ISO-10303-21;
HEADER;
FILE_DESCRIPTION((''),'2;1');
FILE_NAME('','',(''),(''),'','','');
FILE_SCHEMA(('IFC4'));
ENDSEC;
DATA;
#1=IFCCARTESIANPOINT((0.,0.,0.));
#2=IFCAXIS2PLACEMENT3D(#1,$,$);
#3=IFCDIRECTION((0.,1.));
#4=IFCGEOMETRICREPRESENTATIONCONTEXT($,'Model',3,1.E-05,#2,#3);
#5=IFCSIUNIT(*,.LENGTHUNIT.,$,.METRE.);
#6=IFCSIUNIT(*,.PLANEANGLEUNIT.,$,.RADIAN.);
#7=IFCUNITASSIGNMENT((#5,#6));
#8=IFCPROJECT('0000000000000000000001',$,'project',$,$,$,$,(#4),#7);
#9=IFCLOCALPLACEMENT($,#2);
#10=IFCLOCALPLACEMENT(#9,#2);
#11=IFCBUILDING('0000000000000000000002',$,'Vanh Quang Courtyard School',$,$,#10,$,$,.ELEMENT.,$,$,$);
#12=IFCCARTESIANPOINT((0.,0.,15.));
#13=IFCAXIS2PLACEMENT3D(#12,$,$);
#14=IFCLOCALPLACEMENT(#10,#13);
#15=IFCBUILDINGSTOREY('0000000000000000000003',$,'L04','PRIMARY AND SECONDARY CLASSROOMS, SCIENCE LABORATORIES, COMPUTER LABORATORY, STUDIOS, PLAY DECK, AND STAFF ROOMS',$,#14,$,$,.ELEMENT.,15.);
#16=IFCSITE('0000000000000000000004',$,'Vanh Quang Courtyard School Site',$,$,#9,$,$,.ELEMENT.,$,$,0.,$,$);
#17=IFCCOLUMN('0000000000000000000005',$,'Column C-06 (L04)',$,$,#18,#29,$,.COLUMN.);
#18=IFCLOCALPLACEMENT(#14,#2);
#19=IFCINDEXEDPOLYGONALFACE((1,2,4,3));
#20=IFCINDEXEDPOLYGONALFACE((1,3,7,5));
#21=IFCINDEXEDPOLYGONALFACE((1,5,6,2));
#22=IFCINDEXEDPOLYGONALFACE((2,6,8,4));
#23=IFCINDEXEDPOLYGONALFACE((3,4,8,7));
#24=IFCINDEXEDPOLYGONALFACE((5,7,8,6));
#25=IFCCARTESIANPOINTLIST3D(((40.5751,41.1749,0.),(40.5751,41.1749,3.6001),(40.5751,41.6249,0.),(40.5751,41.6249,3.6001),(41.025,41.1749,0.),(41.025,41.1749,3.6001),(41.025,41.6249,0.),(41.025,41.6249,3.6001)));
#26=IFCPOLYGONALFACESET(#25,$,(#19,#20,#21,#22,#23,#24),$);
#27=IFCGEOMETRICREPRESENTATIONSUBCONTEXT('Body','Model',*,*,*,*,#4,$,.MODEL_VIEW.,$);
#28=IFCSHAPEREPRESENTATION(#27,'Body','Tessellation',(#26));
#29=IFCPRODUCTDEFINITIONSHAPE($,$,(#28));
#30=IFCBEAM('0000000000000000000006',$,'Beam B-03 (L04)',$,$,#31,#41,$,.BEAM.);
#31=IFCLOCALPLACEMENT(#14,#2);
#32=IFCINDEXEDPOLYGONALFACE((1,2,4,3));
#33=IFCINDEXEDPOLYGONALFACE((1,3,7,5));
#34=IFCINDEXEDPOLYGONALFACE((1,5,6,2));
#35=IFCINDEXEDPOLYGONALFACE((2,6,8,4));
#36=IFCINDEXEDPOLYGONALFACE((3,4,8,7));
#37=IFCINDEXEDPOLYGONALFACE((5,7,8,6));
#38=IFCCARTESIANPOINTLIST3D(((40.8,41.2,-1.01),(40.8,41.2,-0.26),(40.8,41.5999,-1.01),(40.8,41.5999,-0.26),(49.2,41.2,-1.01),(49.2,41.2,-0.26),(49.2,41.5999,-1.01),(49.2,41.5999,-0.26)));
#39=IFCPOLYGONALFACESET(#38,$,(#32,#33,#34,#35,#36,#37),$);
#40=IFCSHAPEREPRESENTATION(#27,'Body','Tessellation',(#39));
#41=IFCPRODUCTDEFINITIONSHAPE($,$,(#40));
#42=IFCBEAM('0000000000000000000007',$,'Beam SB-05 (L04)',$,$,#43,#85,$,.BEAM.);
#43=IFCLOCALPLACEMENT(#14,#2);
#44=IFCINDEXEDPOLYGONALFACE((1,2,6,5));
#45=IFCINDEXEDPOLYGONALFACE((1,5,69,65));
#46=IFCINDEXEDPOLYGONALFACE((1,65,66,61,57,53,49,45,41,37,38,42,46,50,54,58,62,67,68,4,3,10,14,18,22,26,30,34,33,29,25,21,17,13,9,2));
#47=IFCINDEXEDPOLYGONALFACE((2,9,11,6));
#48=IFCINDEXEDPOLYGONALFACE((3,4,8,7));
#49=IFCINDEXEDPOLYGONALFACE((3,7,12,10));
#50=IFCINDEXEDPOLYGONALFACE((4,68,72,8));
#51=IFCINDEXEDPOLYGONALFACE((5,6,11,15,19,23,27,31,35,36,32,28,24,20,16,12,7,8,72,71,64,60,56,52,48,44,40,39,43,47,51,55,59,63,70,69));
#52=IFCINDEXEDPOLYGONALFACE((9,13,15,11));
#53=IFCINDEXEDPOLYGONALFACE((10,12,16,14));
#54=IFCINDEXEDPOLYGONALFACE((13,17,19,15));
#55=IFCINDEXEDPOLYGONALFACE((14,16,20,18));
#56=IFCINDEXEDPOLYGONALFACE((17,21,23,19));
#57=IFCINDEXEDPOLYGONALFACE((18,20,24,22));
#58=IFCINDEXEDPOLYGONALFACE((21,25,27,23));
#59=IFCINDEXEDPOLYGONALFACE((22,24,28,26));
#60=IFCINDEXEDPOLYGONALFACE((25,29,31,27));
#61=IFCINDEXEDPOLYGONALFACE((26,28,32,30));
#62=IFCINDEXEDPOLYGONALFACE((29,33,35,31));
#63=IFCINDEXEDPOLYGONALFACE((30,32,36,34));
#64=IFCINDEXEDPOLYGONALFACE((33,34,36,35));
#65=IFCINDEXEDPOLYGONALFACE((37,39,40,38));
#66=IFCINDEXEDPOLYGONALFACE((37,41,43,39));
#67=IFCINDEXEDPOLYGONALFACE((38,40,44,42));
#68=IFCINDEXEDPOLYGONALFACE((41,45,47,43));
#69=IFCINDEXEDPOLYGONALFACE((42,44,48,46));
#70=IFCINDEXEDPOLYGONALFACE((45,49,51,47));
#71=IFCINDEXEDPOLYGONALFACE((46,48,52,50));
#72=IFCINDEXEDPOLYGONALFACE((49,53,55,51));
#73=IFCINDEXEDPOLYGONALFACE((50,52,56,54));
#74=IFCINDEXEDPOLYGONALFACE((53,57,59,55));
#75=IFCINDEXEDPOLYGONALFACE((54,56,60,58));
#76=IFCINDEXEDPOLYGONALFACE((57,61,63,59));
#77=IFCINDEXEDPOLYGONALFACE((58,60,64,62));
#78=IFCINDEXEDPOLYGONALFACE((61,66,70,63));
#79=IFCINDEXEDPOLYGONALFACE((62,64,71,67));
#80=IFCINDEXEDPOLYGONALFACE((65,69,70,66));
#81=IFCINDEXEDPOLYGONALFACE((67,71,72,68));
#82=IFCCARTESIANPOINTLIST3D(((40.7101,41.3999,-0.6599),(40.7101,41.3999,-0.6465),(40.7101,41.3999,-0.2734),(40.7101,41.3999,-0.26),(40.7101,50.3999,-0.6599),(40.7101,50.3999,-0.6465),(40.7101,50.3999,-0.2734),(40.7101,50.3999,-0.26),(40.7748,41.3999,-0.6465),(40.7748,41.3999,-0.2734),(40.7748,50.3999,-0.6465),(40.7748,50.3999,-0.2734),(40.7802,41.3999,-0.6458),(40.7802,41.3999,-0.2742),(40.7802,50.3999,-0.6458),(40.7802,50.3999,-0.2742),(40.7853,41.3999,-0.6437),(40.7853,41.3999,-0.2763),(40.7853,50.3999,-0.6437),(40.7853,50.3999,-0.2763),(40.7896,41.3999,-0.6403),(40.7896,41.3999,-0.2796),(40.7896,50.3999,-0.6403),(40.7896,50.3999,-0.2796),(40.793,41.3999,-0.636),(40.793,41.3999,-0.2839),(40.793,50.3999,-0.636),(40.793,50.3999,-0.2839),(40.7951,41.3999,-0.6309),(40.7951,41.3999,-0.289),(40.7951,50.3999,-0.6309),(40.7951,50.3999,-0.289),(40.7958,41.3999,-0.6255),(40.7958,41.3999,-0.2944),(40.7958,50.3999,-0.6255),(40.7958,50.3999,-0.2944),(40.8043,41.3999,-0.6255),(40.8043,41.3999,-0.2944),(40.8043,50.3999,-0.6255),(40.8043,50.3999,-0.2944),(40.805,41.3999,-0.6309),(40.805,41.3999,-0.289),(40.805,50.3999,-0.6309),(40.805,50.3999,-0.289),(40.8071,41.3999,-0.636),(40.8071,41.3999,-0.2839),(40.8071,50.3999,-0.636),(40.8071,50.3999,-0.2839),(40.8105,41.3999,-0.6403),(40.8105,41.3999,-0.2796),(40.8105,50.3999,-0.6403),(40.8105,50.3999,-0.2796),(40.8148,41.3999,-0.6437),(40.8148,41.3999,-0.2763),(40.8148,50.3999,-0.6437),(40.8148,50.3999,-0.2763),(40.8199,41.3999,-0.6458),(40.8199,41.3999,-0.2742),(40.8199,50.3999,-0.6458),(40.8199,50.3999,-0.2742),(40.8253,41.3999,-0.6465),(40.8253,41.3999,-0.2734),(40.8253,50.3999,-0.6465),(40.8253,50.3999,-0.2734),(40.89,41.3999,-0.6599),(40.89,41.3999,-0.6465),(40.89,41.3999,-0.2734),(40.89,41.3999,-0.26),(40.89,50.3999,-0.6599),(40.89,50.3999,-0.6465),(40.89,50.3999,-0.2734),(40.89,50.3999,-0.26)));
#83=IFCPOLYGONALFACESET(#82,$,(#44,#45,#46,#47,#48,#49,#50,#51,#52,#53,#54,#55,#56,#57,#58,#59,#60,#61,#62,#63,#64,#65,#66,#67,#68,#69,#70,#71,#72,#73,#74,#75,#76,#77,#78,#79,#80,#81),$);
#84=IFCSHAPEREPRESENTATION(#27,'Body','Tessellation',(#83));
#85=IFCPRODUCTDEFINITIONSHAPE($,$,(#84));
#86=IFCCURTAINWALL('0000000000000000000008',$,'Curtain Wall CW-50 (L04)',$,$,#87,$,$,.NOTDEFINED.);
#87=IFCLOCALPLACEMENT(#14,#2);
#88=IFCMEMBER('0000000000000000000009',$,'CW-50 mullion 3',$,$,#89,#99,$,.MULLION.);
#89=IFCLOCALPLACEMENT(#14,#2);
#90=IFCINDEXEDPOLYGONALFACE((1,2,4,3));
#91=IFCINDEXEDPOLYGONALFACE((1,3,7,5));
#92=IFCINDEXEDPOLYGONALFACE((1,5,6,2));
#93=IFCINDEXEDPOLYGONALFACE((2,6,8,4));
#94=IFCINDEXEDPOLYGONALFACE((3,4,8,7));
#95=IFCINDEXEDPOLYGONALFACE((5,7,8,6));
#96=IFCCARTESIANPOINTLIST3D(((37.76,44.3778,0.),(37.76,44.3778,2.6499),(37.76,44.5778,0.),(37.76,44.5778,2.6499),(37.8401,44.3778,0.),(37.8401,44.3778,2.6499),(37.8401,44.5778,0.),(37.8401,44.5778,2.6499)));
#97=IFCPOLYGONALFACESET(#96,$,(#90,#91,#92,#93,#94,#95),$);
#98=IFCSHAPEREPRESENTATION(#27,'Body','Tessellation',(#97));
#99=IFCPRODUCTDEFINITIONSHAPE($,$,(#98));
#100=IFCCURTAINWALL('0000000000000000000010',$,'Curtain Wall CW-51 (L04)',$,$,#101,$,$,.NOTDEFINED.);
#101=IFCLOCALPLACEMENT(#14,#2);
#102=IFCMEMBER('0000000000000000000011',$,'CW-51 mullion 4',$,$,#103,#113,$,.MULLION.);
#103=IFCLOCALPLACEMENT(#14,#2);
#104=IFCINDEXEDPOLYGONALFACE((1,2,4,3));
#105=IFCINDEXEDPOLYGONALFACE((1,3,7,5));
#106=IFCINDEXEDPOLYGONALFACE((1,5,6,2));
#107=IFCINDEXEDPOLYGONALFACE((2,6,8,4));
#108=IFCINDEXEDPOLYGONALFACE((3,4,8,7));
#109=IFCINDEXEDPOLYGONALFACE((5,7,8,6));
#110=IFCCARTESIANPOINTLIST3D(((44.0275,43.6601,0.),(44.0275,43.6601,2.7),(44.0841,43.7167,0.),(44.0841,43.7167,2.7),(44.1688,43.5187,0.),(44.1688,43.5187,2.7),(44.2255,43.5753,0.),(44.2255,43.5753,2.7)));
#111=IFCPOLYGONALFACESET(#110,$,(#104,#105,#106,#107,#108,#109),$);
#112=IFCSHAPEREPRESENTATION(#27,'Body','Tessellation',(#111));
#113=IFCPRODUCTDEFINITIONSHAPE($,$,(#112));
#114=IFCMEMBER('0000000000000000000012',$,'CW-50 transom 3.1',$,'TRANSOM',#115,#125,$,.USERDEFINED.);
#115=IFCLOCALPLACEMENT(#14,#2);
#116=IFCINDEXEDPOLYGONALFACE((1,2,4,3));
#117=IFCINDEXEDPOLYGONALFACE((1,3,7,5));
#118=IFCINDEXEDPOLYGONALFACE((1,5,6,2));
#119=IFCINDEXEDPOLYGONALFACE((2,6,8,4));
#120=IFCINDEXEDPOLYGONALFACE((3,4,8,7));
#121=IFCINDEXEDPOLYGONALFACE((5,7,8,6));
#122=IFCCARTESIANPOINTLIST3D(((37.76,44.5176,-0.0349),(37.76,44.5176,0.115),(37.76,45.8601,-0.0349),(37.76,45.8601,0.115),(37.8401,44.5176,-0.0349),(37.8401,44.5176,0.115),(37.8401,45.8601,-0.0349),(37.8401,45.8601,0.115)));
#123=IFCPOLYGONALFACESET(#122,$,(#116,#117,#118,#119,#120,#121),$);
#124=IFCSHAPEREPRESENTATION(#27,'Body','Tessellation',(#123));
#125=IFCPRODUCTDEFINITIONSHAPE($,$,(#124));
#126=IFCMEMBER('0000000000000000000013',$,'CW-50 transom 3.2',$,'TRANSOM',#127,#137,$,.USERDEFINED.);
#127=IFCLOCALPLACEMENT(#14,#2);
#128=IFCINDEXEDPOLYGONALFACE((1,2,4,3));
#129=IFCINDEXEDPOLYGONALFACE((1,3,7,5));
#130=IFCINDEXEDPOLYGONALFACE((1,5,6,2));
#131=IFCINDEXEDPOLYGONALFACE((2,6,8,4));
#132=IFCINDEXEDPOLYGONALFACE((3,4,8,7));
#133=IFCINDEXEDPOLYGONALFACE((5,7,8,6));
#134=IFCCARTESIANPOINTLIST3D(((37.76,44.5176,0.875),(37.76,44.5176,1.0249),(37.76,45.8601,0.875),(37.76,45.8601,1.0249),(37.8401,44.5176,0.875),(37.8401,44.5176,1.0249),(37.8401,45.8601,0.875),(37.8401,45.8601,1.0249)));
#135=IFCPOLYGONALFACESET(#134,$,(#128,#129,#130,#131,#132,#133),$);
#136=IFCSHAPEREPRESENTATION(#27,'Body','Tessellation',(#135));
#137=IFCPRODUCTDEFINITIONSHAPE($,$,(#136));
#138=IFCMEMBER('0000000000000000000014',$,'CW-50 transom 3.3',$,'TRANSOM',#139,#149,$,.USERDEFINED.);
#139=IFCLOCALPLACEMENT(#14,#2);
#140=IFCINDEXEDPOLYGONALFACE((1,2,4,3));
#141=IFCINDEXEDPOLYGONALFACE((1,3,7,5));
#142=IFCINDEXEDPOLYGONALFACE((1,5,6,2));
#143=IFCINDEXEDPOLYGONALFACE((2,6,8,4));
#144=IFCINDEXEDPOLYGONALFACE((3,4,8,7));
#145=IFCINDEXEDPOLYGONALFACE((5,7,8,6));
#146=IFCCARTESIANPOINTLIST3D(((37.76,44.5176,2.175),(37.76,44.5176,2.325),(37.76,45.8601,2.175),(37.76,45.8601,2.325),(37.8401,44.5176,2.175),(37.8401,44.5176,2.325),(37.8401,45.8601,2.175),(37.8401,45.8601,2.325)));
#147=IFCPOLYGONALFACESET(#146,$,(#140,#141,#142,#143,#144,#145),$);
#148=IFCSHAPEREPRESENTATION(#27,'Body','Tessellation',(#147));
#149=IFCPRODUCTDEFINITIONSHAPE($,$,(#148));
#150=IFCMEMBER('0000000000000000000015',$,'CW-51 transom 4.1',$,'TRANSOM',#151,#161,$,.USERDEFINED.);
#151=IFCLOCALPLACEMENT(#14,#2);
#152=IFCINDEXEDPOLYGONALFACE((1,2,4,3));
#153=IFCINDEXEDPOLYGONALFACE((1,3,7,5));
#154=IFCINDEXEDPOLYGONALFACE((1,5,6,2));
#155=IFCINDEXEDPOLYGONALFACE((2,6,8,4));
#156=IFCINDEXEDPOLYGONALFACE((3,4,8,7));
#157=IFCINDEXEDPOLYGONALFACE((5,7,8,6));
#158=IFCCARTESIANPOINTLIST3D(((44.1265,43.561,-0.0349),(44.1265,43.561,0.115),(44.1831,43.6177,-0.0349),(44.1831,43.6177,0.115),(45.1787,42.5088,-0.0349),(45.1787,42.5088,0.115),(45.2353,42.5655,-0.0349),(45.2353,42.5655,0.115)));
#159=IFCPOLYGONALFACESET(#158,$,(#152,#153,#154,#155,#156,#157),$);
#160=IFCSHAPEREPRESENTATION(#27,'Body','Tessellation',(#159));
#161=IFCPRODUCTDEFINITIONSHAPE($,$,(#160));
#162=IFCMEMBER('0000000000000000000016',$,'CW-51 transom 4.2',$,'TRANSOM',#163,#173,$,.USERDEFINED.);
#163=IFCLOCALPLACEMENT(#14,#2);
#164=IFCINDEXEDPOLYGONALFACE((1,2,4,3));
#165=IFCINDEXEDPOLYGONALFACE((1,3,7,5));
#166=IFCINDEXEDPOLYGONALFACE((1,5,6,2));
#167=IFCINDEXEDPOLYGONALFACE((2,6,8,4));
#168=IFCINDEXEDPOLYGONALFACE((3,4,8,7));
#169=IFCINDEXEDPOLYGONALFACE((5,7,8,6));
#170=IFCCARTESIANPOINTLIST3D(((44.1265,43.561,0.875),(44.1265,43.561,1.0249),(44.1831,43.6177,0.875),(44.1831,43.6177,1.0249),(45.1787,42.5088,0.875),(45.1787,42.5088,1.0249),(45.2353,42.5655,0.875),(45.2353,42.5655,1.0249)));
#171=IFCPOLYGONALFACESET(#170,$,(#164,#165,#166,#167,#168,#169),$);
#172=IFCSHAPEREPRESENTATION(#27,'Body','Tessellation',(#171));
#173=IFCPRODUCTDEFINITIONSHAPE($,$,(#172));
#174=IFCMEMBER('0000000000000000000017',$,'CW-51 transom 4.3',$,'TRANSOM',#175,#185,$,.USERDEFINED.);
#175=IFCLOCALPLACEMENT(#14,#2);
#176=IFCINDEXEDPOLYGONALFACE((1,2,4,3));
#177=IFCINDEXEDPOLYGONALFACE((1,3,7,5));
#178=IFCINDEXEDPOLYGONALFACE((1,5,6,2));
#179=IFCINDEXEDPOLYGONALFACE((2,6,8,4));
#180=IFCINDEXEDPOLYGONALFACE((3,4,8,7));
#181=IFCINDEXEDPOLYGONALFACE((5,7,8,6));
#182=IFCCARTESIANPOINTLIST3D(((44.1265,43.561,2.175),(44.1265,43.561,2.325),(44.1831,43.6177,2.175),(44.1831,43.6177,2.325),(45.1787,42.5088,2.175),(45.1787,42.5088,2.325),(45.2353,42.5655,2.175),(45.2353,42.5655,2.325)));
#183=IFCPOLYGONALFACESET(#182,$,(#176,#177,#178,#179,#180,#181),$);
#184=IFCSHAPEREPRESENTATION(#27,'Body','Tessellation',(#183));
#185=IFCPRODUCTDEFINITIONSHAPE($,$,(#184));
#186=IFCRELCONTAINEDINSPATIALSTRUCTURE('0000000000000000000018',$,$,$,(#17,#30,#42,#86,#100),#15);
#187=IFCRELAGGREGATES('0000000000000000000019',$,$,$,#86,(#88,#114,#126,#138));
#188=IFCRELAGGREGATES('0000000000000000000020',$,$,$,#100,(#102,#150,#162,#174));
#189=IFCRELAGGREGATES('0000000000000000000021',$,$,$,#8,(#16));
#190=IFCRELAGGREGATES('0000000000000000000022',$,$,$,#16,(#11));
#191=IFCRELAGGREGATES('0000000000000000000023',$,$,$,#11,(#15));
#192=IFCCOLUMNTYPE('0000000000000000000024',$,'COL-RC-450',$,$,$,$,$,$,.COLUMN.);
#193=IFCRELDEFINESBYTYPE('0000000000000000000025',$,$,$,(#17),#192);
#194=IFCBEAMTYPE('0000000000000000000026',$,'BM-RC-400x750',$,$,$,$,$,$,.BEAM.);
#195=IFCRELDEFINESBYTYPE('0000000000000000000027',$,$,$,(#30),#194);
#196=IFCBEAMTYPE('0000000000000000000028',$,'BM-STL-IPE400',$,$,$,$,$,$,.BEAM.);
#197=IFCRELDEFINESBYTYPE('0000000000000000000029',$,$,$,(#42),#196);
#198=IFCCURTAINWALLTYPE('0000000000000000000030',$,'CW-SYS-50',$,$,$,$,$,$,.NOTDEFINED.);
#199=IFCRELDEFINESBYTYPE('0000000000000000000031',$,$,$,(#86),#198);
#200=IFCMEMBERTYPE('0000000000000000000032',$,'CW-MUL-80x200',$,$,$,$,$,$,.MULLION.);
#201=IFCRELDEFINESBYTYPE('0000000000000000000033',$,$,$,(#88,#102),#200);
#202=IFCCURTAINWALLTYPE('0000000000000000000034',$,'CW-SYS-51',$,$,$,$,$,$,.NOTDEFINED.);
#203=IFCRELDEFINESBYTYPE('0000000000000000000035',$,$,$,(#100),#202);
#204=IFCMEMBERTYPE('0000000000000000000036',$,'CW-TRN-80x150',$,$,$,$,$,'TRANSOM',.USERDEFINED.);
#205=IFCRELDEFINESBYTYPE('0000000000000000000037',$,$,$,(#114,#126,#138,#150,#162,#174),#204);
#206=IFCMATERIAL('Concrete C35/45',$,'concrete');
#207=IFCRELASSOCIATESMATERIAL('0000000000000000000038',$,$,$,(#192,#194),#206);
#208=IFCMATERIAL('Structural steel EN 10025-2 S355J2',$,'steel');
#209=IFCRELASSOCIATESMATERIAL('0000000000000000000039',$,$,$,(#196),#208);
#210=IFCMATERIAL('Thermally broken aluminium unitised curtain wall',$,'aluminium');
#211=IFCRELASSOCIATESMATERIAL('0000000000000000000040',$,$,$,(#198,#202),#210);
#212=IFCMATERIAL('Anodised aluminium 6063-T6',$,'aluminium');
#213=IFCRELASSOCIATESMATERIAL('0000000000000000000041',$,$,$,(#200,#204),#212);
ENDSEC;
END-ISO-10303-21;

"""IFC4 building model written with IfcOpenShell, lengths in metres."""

from ifc_helpers import new_model, si_unit, direction, frame, origin, origin_2d, place, context, subcontext, project, spatial, rectangle, i_section, extrude, material, material_profile, profile_set, type_object, element, aggregate, save


model = new_model("IFC4")

# Units and contexts
model_context = context("Model", 3, precision=1e-05, world=origin(), true_north=direction((0.0, 1.0)))
body_context = subcontext(model_context, "Body", "Model", "MODEL_VIEW")
ifc_project = project(units=[si_unit("LENGTHUNIT", "METRE"), si_unit("PLANEANGLEUNIT", "RADIAN")], contexts=[model_context])

# Site, building, storey
site_placement = place(None, origin())
site = spatial("IfcSite", under=ifc_project, at=site_placement, Name="Vanh Quang Courtyard School Site", CompositionType="ELEMENT", RefElevation=0.0)
building_placement = place(site_placement, origin())
building = spatial("IfcBuilding", under=site, at=building_placement, Name="Vanh Quang Courtyard School", CompositionType="ELEMENT")
storey_placement = place(building_placement, frame((0.0, 0.0, 15.0)))
storey = spatial("IfcBuildingStorey", under=building, at=storey_placement, Name="L04", Description="PRIMARY AND SECONDARY CLASSROOMS, SCIENCE LABORATORIES, COMPUTER LABORATORY, STUDIOS, PLAY DECK, AND STAFF ROOMS", CompositionType="ELEMENT", Elevation=15.0)

# Column
ifc_material_1 = material(Name="Concrete C35/45", Category="concrete")
ifc_material_profile_1 = material_profile(ifc_material_1, rectangle(XDim=0.45, YDim=0.45, at=origin_2d()), Name="RC-COL 450x450")
ifc_profile_set_1 = profile_set([ifc_material_profile_1], Name="Concrete C35/45")
column_type = type_object("IfcColumnType", Name="COL-RC-450", PredefinedType="COLUMN", material=ifc_profile_set_1)
column_placement = place(storey_placement, frame((40.8, 41.3999, 0.0), z_axis=(0.0, 0.0, 1.0), x_axis=(1.0, 0.0, 0.0)))
element("IfcColumn", 1, at=column_placement, inside=storey, type_object=column_type, Name="Column C-06 (L04)", PredefinedType="COLUMN", context=body_context, shape_type="SweptSolid", body=[
    extrude(rectangle(XDim=0.45, YDim=0.45, at=origin_2d()), origin(), (0.0, 0.0, 1.0), 3.6001),
])

# Beams
ifc_material_profile_2 = material_profile(ifc_material_1, rectangle(XDim=0.3999, YDim=0.75, at=origin_2d()), Name="RC-BM 400x750")
ifc_profile_set_2 = profile_set([ifc_material_profile_2], Name="Concrete C35/45")
beam_type_1 = type_object("IfcBeamType", Name="BM-RC-400x750", PredefinedType="BEAM", material=ifc_profile_set_2)
beam_1_placement = place(storey_placement, frame((40.8, 41.3999, -0.635), z_axis=(1.0, 0.0, 0.0), x_axis=(0.0, 1.0, 0.0)))
element("IfcBeam", 2, at=beam_1_placement, inside=storey, type_object=beam_type_1, Name="Beam B-03 (L04)", PredefinedType="BEAM", context=body_context, shape_type="SweptSolid", body=[
    extrude(rectangle(XDim=0.3999, YDim=0.75, at=origin_2d()), origin(), (0.0, 0.0, 1.0), 8.3999),
])
ifc_material_2 = material(Name="Structural steel EN 10025-2 S355J2", Category="steel")
ifc_material_profile_3 = material_profile(ifc_material_2, i_section(OverallWidth=0.1799, OverallDepth=0.3999, WebThickness=0.0085, FlangeThickness=0.0134, FilletRadius=0.021, at=origin_2d()), Name="IPE 400")
ifc_profile_set_3 = profile_set([ifc_material_profile_3], Name="Structural steel EN 10025-2 S355J2")
beam_type_2 = type_object("IfcBeamType", Name="BM-STL-IPE400", PredefinedType="BEAM", material=ifc_profile_set_3)
beam_2_placement = place(storey_placement, frame((40.8, 41.3999, -0.46), z_axis=(0.0, 1.0, 0.0), x_axis=(-1.0, 0.0, 0.0)))
element("IfcBeam", 3, at=beam_2_placement, inside=storey, type_object=beam_type_2, Name="Beam SB-05 (L04)", PredefinedType="BEAM", context=body_context, shape_type="SweptSolid", body=[
    extrude(i_section(OverallWidth=0.1799, OverallDepth=0.3999, WebThickness=0.0085, FlangeThickness=0.0134, FilletRadius=0.021, at=origin_2d()), origin(), (0.0, 0.0, 1.0), 9.0),
])

# Curtain walls, members
ifc_material_3 = material(Name="Thermally broken aluminium unitised curtain wall", Category="aluminium")
curtain_wall_type_1 = type_object("IfcCurtainWallType", Name="CW-SYS-50", PredefinedType="NOTDEFINED", material=ifc_material_3)
curtain_wall_1_placement = place(storey_placement, origin())
curtain_wall_1 = element("IfcCurtainWall", 4, at=curtain_wall_1_placement, inside=storey, type_object=curtain_wall_type_1, Name="Curtain Wall CW-50 (L04)", PredefinedType="NOTDEFINED")
ifc_material_4 = material(Name="Anodised aluminium 6063-T6", Category="aluminium")
ifc_material_profile_4 = material_profile(ifc_material_4, rectangle(XDim=0.0801, YDim=0.2, at=origin_2d()), Name="ALU-MUL 80x200")
ifc_profile_set_4 = profile_set([ifc_material_profile_4], Name="Anodised aluminium 6063-T6")
member_type_1 = type_object("IfcMemberType", Name="CW-MUL-80x200", PredefinedType="MULLION", material=ifc_profile_set_4)
member_1_placement = place(storey_placement, frame((37.8, 44.4778, 0.0), z_axis=(0.0, 0.0, 1.0), x_axis=(-1.0, 0.0, 0.0)))
member_1 = element("IfcMember", 5, at=member_1_placement, type_object=member_type_1, Name="CW-50 mullion 3", PredefinedType="MULLION", context=body_context, shape_type="SweptSolid", body=[
    extrude(rectangle(XDim=0.0801, YDim=0.2, at=origin_2d()), origin(), (0.0, 0.0, 1.0), 2.6499),
])
curtain_wall_type_2 = type_object("IfcCurtainWallType", Name="CW-SYS-51", PredefinedType="NOTDEFINED", material=ifc_material_3)
curtain_wall_2_placement = place(storey_placement, origin())
curtain_wall_2 = element("IfcCurtainWall", 6, at=curtain_wall_2_placement, inside=storey, type_object=curtain_wall_type_2, Name="Curtain Wall CW-51 (L04)", PredefinedType="NOTDEFINED")
member_2_placement = place(storey_placement, frame((44.1265, 43.6177, 0.0), z_axis=(0.0, 0.0, 1.0), x_axis=(0.707107, 0.707107, 0.0)))
member_2 = element("IfcMember", 7, at=member_2_placement, type_object=member_type_1, Name="CW-51 mullion 4", PredefinedType="MULLION", context=body_context, shape_type="SweptSolid", body=[
    extrude(rectangle(XDim=0.0801, YDim=0.2, at=origin_2d()), origin(), (0.0, 0.0, 1.0), 2.7),
])

# Members
ifc_material_profile_5 = material_profile(ifc_material_4, rectangle(XDim=0.0801, YDim=0.1499, at=origin_2d()), Name="ALU-TRN 80x150")
ifc_profile_set_5 = profile_set([ifc_material_profile_5], Name="Anodised aluminium 6063-T6")
member_type_2 = type_object("IfcMemberType", Name="CW-TRN-80x150", ElementType="TRANSOM", PredefinedType="USERDEFINED", material=ifc_profile_set_5)
member_3_placement = place(storey_placement, frame((37.8, 44.5176, 0.04), z_axis=(0.0, 1.0, 0.0), x_axis=(-1.0, 0.0, 0.0)))
member_3 = element("IfcMember", 8, at=member_3_placement, type_object=member_type_2, Name="CW-50 transom 3.1", ObjectType="TRANSOM", PredefinedType="USERDEFINED", context=body_context, shape_type="SweptSolid", body=[
    extrude(rectangle(XDim=0.0801, YDim=0.1499, at=origin_2d()), origin(), (0.0, 0.0, 1.0), 1.3425),
])
member_4_placement = place(storey_placement, frame((37.8, 44.5176, 0.95), z_axis=(0.0, 1.0, 0.0), x_axis=(-1.0, 0.0, 0.0)))
member_4 = element("IfcMember", 9, at=member_4_placement, type_object=member_type_2, Name="CW-50 transom 3.2", ObjectType="TRANSOM", PredefinedType="USERDEFINED", context=body_context, shape_type="SweptSolid", body=[
    extrude(rectangle(XDim=0.0801, YDim=0.1499, at=origin_2d()), origin(), (0.0, 0.0, 1.0), 1.3425),
])
member_5_placement = place(storey_placement, frame((37.8, 44.5176, 2.25), z_axis=(0.0, 1.0, 0.0), x_axis=(-1.0, 0.0, 0.0)))
member_5 = element("IfcMember", 10, at=member_5_placement, type_object=member_type_2, Name="CW-50 transom 3.3", ObjectType="TRANSOM", PredefinedType="USERDEFINED", context=body_context, shape_type="SweptSolid", body=[
    extrude(rectangle(XDim=0.0801, YDim=0.1499, at=origin_2d()), origin(), (0.0, 0.0, 1.0), 1.3425),
])
member_6_placement = place(storey_placement, frame((44.1548, 43.5894, 0.04), z_axis=(0.707107, -0.707107, 0.0), x_axis=(0.707107, 0.707107, 0.0)))
member_6 = element("IfcMember", 11, at=member_6_placement, type_object=member_type_2, Name="CW-51 transom 4.1", ObjectType="TRANSOM", PredefinedType="USERDEFINED", context=body_context, shape_type="SweptSolid", body=[
    extrude(rectangle(XDim=0.0801, YDim=0.1499, at=origin_2d()), origin(), (0.0, 0.0, 1.0), 1.488),
])
member_7_placement = place(storey_placement, frame((44.1548, 43.5894, 0.95), z_axis=(0.707107, -0.707107, 0.0), x_axis=(0.707107, 0.707107, 0.0)))
member_7 = element("IfcMember", 12, at=member_7_placement, type_object=member_type_2, Name="CW-51 transom 4.2", ObjectType="TRANSOM", PredefinedType="USERDEFINED", context=body_context, shape_type="SweptSolid", body=[
    extrude(rectangle(XDim=0.0801, YDim=0.1499, at=origin_2d()), origin(), (0.0, 0.0, 1.0), 1.488),
])
member_8_placement = place(storey_placement, frame((44.1548, 43.5894, 2.25), z_axis=(0.707107, -0.707107, 0.0), x_axis=(0.707107, 0.707107, 0.0)))
member_8 = element("IfcMember", 13, at=member_8_placement, type_object=member_type_2, Name="CW-51 transom 4.3", ObjectType="TRANSOM", PredefinedType="USERDEFINED", context=body_context, shape_type="SweptSolid", body=[
    extrude(rectangle(XDim=0.0801, YDim=0.1499, at=origin_2d()), origin(), (0.0, 0.0, 1.0), 1.488),
])

aggregate(curtain_wall_1, [member_1, member_3, member_4, member_5])
aggregate(curtain_wall_2, [member_2, member_6, member_7, member_8])

save(model, "model.ifc")
